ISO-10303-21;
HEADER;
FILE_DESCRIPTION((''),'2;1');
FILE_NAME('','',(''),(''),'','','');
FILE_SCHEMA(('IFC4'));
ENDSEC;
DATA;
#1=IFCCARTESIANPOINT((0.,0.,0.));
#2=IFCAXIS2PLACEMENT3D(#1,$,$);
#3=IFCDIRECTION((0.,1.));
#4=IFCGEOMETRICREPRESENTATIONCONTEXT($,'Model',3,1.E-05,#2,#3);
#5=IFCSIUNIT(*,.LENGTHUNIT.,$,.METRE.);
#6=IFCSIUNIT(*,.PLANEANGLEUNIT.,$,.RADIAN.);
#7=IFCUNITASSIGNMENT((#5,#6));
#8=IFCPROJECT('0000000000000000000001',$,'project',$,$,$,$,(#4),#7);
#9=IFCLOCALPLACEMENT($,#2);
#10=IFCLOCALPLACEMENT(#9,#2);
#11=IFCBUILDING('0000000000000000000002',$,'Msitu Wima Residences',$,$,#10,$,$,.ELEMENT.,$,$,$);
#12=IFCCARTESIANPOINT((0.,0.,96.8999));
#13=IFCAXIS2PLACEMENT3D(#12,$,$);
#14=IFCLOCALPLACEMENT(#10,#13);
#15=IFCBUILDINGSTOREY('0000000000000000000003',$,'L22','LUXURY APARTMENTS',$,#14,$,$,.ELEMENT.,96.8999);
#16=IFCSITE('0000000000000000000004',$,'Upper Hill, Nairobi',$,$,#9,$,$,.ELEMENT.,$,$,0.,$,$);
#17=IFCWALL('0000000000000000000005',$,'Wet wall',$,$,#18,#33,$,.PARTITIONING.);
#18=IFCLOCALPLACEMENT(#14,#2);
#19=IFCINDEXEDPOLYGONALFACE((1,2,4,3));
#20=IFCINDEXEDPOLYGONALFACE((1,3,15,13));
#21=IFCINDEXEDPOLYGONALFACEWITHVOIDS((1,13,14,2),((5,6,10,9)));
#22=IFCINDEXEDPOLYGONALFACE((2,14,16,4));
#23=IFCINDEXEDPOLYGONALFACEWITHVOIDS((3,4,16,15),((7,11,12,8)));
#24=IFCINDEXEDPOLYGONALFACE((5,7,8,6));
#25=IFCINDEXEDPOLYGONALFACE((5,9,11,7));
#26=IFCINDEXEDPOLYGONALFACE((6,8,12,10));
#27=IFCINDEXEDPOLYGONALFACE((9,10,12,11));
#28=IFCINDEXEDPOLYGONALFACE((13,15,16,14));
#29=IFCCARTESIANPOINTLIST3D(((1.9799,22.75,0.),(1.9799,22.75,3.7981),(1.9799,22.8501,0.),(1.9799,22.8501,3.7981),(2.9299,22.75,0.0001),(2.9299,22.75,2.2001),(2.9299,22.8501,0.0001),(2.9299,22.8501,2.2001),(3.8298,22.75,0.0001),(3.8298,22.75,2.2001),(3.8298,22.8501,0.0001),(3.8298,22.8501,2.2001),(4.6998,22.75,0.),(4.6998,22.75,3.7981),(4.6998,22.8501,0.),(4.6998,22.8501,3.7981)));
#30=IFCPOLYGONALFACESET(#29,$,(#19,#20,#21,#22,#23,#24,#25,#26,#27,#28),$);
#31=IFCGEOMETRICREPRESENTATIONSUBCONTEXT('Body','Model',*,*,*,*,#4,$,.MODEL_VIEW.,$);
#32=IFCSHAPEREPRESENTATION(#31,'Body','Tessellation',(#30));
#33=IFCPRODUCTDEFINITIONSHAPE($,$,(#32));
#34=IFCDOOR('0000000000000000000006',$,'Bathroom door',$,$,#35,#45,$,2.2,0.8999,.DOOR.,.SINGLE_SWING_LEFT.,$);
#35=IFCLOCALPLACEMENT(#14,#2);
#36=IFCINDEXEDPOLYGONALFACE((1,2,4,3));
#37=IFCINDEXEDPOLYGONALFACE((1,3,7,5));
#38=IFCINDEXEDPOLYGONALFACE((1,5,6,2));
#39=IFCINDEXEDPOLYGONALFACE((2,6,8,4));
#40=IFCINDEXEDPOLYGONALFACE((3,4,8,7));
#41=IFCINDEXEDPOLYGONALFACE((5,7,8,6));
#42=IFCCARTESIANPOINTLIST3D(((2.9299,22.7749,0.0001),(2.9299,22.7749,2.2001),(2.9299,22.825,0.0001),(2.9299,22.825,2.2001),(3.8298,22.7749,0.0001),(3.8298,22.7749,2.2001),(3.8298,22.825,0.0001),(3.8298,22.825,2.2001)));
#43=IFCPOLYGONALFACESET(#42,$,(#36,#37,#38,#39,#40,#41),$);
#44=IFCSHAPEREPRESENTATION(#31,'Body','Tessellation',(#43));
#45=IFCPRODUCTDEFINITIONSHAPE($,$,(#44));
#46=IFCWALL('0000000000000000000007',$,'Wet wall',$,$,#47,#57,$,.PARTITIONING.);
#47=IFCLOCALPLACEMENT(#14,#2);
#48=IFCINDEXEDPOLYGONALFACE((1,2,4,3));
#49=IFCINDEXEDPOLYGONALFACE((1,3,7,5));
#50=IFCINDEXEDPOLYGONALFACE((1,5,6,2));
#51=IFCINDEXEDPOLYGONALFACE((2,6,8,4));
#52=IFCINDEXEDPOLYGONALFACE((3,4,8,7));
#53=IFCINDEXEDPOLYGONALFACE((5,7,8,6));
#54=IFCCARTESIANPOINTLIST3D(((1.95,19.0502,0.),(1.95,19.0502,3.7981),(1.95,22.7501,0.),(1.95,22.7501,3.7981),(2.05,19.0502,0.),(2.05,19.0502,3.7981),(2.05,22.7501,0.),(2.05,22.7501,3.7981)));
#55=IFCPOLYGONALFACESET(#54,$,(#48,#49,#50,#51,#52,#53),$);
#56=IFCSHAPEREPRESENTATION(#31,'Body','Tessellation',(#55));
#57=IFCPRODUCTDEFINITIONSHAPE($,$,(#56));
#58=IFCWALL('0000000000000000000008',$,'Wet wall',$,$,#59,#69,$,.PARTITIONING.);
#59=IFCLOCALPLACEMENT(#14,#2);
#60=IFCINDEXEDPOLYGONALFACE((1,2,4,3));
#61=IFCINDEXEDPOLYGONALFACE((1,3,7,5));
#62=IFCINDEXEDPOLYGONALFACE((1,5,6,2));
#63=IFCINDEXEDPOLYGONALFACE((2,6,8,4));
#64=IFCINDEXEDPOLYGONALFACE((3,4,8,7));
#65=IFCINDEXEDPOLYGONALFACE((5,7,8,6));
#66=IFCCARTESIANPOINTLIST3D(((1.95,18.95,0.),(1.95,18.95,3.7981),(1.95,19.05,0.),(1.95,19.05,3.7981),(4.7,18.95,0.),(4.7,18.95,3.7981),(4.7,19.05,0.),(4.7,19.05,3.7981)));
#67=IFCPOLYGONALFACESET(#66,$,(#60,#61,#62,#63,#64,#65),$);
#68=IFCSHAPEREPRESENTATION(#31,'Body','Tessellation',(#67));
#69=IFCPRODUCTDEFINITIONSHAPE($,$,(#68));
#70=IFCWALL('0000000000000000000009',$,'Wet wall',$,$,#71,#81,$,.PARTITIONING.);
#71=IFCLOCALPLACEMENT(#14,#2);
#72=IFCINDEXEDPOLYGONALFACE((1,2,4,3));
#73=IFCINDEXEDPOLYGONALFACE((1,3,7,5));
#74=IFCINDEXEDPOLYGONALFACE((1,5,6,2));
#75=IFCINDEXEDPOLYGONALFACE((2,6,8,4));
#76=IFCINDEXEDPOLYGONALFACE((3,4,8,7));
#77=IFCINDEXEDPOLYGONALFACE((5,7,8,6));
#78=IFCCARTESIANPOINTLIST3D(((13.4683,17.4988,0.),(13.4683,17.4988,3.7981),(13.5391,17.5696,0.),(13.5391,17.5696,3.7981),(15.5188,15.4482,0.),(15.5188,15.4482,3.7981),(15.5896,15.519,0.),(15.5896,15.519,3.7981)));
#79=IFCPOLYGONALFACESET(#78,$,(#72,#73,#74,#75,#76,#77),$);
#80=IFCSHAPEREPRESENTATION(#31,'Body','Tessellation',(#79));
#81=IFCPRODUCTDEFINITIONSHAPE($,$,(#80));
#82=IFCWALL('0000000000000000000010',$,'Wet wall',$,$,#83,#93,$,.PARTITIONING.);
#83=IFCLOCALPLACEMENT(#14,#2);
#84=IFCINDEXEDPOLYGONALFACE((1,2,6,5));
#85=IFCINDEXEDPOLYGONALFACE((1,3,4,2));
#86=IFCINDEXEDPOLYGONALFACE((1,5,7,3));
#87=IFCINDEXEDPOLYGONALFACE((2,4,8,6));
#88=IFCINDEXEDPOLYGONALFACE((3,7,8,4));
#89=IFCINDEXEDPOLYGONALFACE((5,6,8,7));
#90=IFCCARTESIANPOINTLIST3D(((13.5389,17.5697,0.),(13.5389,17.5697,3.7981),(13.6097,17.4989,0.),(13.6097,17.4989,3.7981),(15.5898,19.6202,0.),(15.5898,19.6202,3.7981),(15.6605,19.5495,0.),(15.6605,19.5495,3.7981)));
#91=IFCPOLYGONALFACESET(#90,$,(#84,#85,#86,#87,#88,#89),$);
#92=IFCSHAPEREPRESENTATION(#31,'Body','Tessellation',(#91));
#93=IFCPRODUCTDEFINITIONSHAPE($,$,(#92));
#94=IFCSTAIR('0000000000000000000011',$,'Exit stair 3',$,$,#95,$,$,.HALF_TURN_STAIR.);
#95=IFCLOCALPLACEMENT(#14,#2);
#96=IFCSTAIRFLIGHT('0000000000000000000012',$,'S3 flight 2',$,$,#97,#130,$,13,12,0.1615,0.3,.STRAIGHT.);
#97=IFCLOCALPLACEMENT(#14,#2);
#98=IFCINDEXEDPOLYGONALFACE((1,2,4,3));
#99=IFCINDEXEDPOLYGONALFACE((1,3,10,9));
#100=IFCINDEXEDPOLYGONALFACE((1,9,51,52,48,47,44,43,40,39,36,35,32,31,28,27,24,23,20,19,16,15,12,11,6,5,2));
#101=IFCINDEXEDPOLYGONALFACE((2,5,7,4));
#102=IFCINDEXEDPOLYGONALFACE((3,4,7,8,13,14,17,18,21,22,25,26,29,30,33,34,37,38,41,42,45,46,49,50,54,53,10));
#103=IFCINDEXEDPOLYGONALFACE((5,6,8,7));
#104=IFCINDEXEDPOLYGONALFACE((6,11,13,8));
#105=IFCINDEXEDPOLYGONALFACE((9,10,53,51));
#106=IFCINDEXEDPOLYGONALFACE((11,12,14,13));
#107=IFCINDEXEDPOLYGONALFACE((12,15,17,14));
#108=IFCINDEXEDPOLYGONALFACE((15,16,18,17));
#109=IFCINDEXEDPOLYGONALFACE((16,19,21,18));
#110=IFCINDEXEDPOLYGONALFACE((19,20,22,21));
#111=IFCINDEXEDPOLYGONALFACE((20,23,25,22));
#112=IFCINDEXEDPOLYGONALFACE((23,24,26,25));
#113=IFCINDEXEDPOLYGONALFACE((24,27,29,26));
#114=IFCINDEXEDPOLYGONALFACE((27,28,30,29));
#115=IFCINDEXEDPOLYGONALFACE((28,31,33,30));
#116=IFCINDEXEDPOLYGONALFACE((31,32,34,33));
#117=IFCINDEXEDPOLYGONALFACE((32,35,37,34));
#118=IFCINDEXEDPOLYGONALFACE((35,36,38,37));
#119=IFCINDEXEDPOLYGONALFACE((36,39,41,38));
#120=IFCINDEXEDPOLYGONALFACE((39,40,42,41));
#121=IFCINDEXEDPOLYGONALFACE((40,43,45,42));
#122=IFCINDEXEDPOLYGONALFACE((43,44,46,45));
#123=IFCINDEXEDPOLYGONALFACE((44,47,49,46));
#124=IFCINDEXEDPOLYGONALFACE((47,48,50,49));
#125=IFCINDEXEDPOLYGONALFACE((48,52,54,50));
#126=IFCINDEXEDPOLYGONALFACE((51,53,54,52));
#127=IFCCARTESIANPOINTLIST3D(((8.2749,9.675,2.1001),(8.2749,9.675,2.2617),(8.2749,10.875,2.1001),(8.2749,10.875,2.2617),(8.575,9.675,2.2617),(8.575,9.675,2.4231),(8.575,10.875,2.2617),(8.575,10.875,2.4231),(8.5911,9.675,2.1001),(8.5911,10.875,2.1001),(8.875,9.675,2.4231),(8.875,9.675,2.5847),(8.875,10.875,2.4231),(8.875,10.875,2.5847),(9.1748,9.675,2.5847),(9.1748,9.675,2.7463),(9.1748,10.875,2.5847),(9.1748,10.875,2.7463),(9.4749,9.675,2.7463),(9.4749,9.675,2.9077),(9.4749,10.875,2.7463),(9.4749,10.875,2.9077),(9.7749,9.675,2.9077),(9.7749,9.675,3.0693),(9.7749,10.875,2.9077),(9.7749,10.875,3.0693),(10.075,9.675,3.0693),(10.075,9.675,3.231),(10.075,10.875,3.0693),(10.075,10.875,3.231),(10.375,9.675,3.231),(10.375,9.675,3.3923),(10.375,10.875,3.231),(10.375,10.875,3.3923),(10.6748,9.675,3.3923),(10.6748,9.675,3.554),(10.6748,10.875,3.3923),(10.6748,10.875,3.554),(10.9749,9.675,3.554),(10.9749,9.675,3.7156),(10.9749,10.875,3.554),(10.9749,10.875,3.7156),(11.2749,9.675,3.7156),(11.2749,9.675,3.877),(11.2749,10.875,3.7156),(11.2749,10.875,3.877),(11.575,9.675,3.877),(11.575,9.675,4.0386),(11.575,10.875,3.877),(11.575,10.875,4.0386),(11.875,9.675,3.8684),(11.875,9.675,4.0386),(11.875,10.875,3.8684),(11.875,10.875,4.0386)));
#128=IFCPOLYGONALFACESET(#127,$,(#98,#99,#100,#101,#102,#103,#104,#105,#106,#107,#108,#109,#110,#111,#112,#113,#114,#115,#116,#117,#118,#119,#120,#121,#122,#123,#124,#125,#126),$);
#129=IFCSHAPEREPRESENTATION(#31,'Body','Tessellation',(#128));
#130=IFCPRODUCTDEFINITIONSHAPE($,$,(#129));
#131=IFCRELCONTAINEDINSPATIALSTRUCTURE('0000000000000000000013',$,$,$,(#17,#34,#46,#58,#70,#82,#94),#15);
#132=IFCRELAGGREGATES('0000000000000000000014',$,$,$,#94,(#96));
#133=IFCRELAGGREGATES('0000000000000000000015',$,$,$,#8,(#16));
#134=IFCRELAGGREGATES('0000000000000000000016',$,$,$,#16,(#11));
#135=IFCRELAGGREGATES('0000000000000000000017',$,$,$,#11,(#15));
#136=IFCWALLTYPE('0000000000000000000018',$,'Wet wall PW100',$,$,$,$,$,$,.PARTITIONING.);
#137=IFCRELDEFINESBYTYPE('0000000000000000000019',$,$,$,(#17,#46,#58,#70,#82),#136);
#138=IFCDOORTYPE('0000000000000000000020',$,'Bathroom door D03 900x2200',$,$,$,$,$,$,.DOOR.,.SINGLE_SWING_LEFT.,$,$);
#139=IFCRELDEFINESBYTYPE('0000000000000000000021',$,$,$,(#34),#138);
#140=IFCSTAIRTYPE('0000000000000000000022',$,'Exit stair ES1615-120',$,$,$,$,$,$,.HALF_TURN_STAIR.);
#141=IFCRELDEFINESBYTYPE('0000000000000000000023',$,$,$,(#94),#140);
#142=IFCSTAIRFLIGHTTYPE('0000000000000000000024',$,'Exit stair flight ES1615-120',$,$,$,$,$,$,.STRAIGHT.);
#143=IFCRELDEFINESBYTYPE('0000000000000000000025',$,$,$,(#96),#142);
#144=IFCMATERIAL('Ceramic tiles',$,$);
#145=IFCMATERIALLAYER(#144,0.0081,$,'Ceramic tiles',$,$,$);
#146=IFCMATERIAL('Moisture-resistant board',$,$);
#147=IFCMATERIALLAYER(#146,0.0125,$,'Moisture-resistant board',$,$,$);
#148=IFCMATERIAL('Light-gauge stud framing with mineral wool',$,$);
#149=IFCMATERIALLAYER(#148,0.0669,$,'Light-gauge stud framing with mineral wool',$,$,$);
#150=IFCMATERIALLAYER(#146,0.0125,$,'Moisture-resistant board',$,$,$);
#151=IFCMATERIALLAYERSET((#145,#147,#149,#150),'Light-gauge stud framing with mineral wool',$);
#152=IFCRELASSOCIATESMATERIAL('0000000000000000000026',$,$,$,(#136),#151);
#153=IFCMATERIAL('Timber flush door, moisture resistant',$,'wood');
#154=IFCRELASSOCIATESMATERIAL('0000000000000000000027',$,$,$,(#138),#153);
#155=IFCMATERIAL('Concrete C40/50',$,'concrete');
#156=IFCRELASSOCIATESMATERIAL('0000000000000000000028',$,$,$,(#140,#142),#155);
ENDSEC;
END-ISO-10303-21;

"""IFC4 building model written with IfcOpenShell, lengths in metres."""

from ifc_helpers import new_model, si_unit, direction, frame, frame_2d, origin, place, context, subcontext, project, spatial, polyline, rectangle, outline, extrude, material, layer, layer_set, type_object, element, fill, aggregate, save


model = new_model("IFC4")

# Units and contexts
model_context = context("Model", 3, precision=1e-05, world=origin(), true_north=direction((0.0, 1.0)))
body_context = subcontext(model_context, "Body", "Model", "MODEL_VIEW")
ifc_project = project(units=[si_unit("LENGTHUNIT", "METRE"), si_unit("PLANEANGLEUNIT", "RADIAN")], contexts=[model_context])

# Site, building, storey
site_placement = place(None, origin())
site = spatial("IfcSite", under=ifc_project, at=site_placement, Name="Upper Hill, Nairobi", CompositionType="ELEMENT", RefElevation=0.0)
building_placement = place(site_placement, origin())
building = spatial("IfcBuilding", under=site, at=building_placement, Name="Msitu Wima Residences", CompositionType="ELEMENT")
storey_placement = place(building_placement, frame((0.0, 0.0, 96.8999)))
storey = spatial("IfcBuildingStorey", under=building, at=storey_placement, Name="L22", Description="LUXURY APARTMENTS", CompositionType="ELEMENT", Elevation=96.8999)

# Shared definitions
ifc_material_1 = material(Name="Concrete C40/50", Category="concrete")

# Shared definitions
ifc_material_2 = material(Name="Ceramic tiles")
ifc_layer_1 = layer(ifc_material_2, 0.0081, Name="Ceramic tiles")
ifc_material_3 = material(Name="Moisture-resistant board")
ifc_layer_2 = layer(ifc_material_3, 0.0125, Name="Moisture-resistant board")
ifc_material_4 = material(Name="Light-gauge stud framing with mineral wool")
ifc_layer_3 = layer(ifc_material_4, 0.0669, Name="Light-gauge stud framing with mineral wool")
ifc_layer_4 = layer(ifc_material_3, 0.0125, Name="Moisture-resistant board")
ifc_layer_set_1 = layer_set([ifc_layer_1, ifc_layer_2, ifc_layer_3, ifc_layer_4], Name="Light-gauge stud framing with mineral wool")
wall_type_1 = type_object("IfcWallType", Name="Wet wall PW100", PredefinedType="PARTITIONING", material=ifc_layer_set_1)

# Wall, opening, door
wall_1_placement = place(storey_placement, frame((1.98, 22.8, 0.0), z_axis=(0.0, 0.0, 1.0), x_axis=(1.0, 0.0, 0.0)))
wall_1 = element("IfcWall", 1, at=wall_1_placement, inside=storey, type_object=wall_type_1, Name="Wet wall", PredefinedType="PARTITIONING", context=body_context, shape_type="SweptSolid", body=[
    extrude(rectangle(XDim=2.72, YDim=0.1001, at=frame_2d((1.3599, 0.0))), origin(), (0.0, 0.0, 1.0), 3.7981),
])
opening_1_placement = place(wall_1_placement, frame((0.95, 0.0, 0.0)))
opening_1 = element("IfcOpeningElement", 2, at=opening_1_placement, cuts=wall_1, PredefinedType="OPENING", context=body_context, shape_type="SweptSolid", body=[
    extrude(rectangle(XDim=0.8999, YDim=2.2, at=frame_2d((0.45, 1.1001))), frame((0.0, 0.0601, 0.0), z_axis=(0.0, -1.0, 0.0), x_axis=(1.0, 0.0, 0.0)), (0.0, 0.0, 1.0), 0.1201),
])
ifc_material_5 = material(Name="Timber flush door, moisture resistant", Category="wood")
door_type_1 = type_object("IfcDoorType", Name="Bathroom door D03 900x2200", OperationType="SINGLE_SWING_LEFT", PredefinedType="DOOR", material=ifc_material_5)
door_1_placement = place(opening_1_placement, origin())
door_1 = element("IfcDoor", 3, at=door_1_placement, inside=storey, type_object=door_type_1, Name="Bathroom door", OperationType="SINGLE_SWING_LEFT", OverallHeight=2.2, OverallWidth=0.8999, PredefinedType="DOOR", context=body_context, shape_type="SweptSolid", body=[
    extrude(rectangle(XDim=0.8999, YDim=2.2, at=frame_2d((0.45, 1.1001))), frame((0.0, 0.0249, 0.0), z_axis=(0.0, -1.0, 0.0), x_axis=(1.0, 0.0, 0.0)), (0.0, 0.0, 1.0), 0.05),
])
fill(opening_1, door_1)

# Walls
wall_2_placement = place(storey_placement, frame((2.0, 19.05, 0.0), z_axis=(0.0, 0.0, 1.0), x_axis=(0.0, 1.0, 0.0)))
element("IfcWall", 4, at=wall_2_placement, inside=storey, type_object=wall_type_1, Name="Wet wall", PredefinedType="PARTITIONING", context=body_context, shape_type="SweptSolid", body=[
    extrude(rectangle(XDim=3.7, YDim=0.1001, at=frame_2d((1.8501, 0.0))), origin(), (0.0, 0.0, 1.0), 3.7981),
])
wall_3_placement = place(storey_placement, frame((1.95, 19.0, 0.0), z_axis=(0.0, 0.0, 1.0), x_axis=(1.0, 0.0, 0.0)))
element("IfcWall", 5, at=wall_3_placement, inside=storey, type_object=wall_type_1, Name="Wet wall", PredefinedType="PARTITIONING", context=body_context, shape_type="SweptSolid", body=[
    extrude(rectangle(XDim=2.75, YDim=0.1001, at=frame_2d((1.375, 0.0))), origin(), (0.0, 0.0, 1.0), 3.7981),
])
wall_4_placement = place(storey_placement, frame((13.5037, 17.5342, 0.0), z_axis=(0.0, 0.0, 1.0), x_axis=(0.707107, -0.707107, 0.0)))
element("IfcWall", 6, at=wall_4_placement, inside=storey, type_object=wall_type_1, Name="Wet wall", PredefinedType="PARTITIONING", context=body_context, shape_type="SweptSolid", body=[
    extrude(rectangle(XDim=2.8999, YDim=0.1001, at=frame_2d((1.45, 0.0))), origin(), (0.0, 0.0, 1.0), 3.7981),
])
wall_5_placement = place(storey_placement, frame((13.5742, 17.5342, 0.0), z_axis=(0.0, 0.0, 1.0), x_axis=(0.707149, 0.707065, 0.0)))
element("IfcWall", 7, at=wall_5_placement, inside=storey, type_object=wall_type_1, Name="Wet wall", PredefinedType="PARTITIONING", context=body_context, shape_type="SweptSolid", body=[
    extrude(rectangle(XDim=2.9001, YDim=0.1001, at=frame_2d((1.4502, 0.0))), origin(), (0.0, 0.0, 1.0), 3.7981),
])

# Stair, stair flight
stair_type = type_object("IfcStairType", Name="Exit stair ES1615-120", PredefinedType="HALF_TURN_STAIR", material=ifc_material_1)
stair_placement = place(storey_placement, origin())
stair = element("IfcStair", 8, at=stair_placement, inside=storey, type_object=stair_type, Name="Exit stair 3", PredefinedType="HALF_TURN_STAIR")
stair_flight_type = type_object("IfcStairFlightType", Name="Exit stair flight ES1615-120", PredefinedType="STRAIGHT", material=ifc_material_1)
stair_flight_placement = place(storey_placement, frame((8.2749, 10.2749, 2.1001), z_axis=(0.0, 0.0, 1.0), x_axis=(1.0, 0.0, 0.0)))
stair_flight = element("IfcStairFlight", 9, at=stair_flight_placement, type_object=stair_flight_type, Name="S3 flight 2", NumberOfRisers=13, NumberOfTreads=12, PredefinedType="STRAIGHT", RiserHeight=0.1615, TreadLength=0.3, context=body_context, shape_type="SweptSolid", body=[
    extrude(outline(polyline([(0.0, 0.0), (0.0, 0.1616), (0.3, 0.1616), (0.3, 0.323), (0.6001, 0.323), (0.6001, 0.4846), (0.8999, 0.4846), (0.8999, 0.6462), (1.2, 0.6462), (1.2, 0.8076), (1.5, 0.8076), (1.5, 0.9692), (1.8, 0.9692), (1.8, 1.1309), (2.1001, 1.1309), (2.1001, 1.2922), (2.3999, 1.2922), (2.3999, 1.4539), (2.7, 1.4539), (2.7, 1.6155), (3.0, 1.6155), (3.0, 1.7769), (3.3, 1.7769), (3.3, 1.9385), (3.6001, 1.9385), (3.6001, 2.1001), (3.6001, 1.7683), (0.3162, 0.0), (0.0, 0.0)])), frame((0.0, 0.6001, 0.0), z_axis=(0.0, -1.0, 0.0), x_axis=(1.0, 0.0, 0.0)), (0.0, 0.0, 1.0), 1.2),
])
aggregate(stair, [stair_flight])

save(model, "model.ifc")
